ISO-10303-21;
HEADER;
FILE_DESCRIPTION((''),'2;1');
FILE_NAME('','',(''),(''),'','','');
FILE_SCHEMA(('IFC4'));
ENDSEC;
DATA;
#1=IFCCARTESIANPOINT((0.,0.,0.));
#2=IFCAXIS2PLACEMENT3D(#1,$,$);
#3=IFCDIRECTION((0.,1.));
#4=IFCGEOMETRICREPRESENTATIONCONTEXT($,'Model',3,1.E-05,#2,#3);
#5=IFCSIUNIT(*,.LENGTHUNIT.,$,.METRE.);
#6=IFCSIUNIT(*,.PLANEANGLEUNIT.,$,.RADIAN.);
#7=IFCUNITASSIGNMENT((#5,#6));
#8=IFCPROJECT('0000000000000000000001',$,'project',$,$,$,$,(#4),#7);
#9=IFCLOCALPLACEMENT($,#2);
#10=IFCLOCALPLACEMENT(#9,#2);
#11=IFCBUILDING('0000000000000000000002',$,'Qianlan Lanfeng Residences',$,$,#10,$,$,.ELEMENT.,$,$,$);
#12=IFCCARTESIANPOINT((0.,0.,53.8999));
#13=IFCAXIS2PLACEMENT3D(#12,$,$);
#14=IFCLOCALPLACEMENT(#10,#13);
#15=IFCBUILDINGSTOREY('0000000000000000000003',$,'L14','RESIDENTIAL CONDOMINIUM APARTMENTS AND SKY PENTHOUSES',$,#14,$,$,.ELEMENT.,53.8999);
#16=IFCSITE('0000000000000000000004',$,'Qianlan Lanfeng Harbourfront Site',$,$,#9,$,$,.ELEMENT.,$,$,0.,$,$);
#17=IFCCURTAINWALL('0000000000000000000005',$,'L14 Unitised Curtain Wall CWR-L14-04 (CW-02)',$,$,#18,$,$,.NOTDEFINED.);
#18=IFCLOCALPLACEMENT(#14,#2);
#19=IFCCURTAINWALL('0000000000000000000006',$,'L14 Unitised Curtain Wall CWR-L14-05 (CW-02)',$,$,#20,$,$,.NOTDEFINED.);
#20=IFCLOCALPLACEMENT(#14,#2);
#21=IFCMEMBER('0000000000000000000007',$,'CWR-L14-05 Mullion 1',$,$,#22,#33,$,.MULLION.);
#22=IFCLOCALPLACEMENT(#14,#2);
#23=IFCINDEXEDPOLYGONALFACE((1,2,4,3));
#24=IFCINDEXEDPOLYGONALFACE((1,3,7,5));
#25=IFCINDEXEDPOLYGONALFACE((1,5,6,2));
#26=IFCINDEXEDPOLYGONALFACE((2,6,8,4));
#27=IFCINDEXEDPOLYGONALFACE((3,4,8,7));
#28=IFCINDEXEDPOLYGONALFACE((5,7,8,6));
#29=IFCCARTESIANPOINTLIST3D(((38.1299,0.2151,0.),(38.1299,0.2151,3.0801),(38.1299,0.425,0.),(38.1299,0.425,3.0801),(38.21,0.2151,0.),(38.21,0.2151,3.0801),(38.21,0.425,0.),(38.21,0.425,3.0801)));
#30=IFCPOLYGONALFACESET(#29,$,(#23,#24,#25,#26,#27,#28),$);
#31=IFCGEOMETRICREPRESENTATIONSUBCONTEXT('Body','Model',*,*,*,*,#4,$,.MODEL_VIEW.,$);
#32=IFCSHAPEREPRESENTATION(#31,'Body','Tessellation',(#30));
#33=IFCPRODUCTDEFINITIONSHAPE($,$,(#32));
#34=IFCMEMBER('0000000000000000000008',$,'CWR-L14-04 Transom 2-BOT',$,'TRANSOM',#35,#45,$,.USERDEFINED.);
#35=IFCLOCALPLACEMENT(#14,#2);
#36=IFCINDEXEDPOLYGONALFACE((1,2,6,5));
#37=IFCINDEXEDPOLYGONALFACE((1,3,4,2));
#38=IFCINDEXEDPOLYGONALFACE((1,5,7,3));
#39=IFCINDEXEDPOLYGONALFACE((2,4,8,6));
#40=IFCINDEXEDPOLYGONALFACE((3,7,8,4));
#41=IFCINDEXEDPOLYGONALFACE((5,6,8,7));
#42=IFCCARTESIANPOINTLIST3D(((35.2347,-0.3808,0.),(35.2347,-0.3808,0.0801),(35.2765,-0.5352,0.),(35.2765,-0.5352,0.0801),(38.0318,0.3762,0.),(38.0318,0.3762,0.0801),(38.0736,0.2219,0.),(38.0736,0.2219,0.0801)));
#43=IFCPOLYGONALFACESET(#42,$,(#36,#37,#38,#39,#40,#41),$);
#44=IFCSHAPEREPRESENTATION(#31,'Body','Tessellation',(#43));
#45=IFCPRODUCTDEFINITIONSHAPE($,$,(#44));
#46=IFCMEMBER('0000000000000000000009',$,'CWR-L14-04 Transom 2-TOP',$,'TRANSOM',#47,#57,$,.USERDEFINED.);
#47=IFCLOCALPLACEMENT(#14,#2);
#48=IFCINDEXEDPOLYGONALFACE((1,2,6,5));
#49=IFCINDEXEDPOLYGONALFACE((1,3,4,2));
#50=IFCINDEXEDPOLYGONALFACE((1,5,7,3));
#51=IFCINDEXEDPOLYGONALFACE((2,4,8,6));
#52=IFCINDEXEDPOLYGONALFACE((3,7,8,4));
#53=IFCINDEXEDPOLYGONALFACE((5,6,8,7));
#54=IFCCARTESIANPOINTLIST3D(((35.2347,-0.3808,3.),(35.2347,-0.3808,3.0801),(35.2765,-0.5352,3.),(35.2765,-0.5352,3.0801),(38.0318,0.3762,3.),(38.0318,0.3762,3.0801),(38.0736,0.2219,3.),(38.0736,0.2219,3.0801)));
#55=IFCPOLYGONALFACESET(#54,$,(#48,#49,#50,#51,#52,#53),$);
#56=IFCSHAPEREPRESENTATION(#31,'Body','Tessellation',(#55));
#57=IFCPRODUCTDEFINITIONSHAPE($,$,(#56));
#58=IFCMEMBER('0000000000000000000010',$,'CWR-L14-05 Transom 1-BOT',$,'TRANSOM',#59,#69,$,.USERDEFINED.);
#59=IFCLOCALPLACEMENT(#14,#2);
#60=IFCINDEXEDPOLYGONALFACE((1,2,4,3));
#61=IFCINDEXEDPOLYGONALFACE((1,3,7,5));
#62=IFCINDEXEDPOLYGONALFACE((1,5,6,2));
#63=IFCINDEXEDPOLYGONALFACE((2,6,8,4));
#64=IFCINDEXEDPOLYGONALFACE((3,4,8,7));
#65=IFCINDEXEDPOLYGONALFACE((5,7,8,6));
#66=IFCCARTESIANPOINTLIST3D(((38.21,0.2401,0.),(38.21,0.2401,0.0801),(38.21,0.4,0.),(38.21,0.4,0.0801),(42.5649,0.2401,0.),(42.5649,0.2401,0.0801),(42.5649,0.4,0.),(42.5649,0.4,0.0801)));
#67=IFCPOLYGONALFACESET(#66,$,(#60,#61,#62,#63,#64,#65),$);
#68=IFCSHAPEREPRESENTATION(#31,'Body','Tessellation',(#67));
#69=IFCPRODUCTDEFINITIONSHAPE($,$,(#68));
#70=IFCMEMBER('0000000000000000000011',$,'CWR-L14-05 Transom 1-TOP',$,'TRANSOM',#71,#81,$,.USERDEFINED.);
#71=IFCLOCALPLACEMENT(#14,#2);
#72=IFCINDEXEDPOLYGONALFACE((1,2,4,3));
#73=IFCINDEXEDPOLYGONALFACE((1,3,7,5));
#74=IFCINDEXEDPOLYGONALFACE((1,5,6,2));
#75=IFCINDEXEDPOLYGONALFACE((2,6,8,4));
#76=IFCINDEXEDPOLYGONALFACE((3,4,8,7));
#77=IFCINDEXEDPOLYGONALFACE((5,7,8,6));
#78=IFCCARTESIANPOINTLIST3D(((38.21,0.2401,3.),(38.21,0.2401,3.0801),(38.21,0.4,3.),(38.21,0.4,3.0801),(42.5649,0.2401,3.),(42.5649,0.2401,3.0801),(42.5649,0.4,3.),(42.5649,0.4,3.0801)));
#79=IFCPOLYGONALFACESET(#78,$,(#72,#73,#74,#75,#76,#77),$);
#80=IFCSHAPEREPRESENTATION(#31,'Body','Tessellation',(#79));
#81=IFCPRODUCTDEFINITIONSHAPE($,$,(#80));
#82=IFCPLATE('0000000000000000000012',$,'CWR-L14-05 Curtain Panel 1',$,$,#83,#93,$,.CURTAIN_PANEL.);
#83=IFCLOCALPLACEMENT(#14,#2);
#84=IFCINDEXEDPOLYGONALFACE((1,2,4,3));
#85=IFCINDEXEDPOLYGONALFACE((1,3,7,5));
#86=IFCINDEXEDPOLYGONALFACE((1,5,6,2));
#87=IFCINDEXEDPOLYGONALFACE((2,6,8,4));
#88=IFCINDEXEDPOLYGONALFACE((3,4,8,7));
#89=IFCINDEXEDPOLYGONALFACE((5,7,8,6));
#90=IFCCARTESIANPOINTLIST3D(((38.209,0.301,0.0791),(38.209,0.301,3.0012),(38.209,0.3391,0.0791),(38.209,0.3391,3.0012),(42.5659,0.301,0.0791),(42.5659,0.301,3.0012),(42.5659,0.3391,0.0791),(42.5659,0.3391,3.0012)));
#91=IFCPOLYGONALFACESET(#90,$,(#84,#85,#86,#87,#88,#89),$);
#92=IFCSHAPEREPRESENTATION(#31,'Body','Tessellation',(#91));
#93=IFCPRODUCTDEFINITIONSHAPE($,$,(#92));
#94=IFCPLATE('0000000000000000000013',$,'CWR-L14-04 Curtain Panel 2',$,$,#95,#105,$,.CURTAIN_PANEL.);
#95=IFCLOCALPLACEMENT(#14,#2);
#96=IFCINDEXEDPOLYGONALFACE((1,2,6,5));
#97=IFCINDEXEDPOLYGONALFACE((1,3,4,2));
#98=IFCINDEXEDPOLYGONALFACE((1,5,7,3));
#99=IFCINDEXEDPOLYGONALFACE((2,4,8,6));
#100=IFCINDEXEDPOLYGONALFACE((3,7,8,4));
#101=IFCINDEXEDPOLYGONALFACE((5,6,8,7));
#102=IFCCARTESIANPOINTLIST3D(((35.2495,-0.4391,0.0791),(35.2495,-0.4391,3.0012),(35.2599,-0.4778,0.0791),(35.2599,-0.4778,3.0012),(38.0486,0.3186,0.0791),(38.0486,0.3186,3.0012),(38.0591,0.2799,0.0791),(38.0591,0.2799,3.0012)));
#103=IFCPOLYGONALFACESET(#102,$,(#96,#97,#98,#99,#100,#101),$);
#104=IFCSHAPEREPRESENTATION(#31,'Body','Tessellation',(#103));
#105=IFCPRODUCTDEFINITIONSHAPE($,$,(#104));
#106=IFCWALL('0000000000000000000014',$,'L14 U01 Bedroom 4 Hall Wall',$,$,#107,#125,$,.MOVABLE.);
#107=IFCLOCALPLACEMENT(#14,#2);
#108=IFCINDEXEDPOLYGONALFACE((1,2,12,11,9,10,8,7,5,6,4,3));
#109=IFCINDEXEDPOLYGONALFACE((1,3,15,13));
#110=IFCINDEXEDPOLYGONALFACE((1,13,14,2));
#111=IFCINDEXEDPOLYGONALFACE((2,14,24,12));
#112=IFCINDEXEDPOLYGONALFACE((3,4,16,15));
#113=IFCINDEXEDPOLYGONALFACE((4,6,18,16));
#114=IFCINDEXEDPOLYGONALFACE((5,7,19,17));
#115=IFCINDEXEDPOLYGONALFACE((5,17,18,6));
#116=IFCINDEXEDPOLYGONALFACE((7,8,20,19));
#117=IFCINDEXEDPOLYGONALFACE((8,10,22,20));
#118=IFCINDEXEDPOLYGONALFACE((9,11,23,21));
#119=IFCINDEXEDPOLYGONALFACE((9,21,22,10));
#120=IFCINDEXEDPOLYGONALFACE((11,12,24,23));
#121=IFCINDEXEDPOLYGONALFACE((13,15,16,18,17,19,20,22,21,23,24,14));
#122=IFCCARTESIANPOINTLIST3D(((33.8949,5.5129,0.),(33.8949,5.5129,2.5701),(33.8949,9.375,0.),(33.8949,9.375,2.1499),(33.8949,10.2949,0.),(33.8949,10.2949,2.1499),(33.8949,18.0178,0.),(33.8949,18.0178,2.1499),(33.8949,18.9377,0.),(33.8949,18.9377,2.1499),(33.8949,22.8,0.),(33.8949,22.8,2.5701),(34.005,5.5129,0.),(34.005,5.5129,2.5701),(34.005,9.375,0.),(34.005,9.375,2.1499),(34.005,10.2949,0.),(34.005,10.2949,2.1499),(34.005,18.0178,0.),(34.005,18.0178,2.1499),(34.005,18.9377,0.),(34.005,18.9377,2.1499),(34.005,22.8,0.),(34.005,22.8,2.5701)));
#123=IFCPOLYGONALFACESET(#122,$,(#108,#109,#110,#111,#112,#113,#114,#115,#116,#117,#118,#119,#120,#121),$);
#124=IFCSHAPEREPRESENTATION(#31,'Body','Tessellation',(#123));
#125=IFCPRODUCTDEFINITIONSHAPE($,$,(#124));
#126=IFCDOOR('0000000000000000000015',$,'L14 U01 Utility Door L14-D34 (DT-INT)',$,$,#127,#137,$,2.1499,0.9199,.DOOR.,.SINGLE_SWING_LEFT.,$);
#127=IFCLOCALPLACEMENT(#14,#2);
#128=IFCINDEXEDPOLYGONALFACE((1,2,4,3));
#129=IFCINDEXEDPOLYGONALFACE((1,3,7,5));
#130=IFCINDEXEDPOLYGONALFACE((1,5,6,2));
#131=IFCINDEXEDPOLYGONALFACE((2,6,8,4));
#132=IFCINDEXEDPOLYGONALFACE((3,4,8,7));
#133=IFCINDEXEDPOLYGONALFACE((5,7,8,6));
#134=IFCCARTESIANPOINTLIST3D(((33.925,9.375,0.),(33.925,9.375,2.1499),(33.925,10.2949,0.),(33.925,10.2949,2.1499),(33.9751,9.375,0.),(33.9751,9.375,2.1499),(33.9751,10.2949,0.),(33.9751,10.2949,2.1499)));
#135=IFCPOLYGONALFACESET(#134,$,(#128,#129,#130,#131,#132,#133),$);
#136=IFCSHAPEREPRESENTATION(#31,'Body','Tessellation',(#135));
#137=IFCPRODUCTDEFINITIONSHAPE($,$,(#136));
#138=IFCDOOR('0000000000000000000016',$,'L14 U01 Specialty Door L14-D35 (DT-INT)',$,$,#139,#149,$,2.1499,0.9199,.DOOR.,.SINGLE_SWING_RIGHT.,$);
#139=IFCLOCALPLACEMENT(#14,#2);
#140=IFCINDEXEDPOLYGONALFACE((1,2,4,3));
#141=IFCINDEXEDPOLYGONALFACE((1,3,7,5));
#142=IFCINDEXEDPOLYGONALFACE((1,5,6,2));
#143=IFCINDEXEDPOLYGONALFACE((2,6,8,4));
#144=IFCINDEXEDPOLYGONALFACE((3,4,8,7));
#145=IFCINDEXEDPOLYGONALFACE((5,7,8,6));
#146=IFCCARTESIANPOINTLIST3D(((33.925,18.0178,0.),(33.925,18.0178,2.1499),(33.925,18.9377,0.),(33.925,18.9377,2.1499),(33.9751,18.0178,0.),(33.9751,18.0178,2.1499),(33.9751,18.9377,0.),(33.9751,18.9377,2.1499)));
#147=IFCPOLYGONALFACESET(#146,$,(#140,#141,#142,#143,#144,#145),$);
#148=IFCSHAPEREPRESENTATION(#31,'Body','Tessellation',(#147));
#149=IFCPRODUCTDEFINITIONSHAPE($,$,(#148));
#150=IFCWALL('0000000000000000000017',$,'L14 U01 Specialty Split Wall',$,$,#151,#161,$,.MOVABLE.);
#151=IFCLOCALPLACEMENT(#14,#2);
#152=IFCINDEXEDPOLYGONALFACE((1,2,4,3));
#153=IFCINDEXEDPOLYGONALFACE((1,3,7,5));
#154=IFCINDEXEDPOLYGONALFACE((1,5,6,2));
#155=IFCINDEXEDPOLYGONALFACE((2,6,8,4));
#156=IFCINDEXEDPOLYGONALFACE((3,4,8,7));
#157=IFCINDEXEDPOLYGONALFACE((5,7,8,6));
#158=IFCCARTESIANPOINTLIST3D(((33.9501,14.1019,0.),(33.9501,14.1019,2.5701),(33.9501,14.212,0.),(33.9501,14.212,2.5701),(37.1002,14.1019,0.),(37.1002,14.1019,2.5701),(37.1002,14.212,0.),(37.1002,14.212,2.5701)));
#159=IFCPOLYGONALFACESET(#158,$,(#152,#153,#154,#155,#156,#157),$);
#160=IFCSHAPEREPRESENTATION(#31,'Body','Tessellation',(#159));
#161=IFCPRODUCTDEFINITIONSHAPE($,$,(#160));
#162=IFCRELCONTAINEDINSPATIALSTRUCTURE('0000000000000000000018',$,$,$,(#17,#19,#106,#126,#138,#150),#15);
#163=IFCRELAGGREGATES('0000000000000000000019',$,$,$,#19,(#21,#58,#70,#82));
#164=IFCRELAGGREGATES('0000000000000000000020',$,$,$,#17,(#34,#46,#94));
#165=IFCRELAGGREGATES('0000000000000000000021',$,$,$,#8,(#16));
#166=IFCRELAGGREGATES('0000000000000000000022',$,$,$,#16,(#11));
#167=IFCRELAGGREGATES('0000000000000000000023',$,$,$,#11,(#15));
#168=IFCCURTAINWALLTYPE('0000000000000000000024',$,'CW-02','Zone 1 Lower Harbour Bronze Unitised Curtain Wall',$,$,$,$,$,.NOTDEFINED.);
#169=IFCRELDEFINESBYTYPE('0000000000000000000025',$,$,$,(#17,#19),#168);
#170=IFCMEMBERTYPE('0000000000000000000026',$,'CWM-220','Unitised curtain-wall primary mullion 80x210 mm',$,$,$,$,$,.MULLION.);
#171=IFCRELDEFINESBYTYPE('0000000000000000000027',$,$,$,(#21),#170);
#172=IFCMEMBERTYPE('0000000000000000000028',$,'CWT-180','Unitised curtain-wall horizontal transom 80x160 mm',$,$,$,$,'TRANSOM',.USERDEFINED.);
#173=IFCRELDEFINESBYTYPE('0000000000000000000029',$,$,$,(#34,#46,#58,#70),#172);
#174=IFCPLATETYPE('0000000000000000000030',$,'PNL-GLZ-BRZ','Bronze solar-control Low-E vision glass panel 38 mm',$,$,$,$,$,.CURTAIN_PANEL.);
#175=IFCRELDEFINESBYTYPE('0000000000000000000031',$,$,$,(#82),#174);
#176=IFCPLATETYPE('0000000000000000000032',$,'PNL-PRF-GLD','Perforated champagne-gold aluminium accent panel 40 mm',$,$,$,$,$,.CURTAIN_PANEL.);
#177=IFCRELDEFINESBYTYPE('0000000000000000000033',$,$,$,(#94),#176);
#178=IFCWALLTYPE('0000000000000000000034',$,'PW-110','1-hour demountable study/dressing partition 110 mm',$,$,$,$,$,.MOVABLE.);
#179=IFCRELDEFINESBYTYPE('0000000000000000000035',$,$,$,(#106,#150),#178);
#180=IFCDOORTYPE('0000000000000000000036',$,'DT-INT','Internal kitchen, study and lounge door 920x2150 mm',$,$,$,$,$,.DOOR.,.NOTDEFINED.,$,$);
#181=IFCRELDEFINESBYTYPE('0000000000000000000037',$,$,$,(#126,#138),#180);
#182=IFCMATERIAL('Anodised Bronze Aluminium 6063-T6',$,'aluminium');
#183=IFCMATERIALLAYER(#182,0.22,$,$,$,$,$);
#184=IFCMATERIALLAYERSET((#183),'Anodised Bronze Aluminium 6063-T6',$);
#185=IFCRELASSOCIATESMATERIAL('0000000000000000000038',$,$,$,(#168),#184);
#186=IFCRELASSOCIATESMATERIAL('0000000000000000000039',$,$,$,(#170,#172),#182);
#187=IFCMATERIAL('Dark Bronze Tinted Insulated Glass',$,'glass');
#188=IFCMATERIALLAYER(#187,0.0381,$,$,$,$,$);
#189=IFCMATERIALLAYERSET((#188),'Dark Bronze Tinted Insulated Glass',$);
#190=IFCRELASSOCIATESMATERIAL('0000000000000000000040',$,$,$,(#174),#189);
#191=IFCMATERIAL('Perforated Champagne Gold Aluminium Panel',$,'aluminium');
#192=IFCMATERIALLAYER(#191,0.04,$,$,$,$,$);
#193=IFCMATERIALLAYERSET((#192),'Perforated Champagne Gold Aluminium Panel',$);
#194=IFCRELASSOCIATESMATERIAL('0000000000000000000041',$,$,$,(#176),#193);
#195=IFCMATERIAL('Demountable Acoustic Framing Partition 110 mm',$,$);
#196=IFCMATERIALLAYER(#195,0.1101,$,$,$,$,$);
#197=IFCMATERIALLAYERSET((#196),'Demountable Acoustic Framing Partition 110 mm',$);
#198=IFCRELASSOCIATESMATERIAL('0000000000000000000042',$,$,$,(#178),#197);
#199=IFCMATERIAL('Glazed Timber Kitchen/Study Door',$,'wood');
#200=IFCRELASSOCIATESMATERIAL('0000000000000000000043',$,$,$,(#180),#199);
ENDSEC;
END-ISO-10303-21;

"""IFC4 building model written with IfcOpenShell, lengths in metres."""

from ifc_helpers import new_model, si_unit, direction, frame, frame_2d, origin, origin_2d, place, context, subcontext, project, spatial, rectangle, extrude, source, transform, mapped, material, layer, layer_set, material_profile, profile_set, type_object, element, fill, aggregate, save


model = new_model("IFC4")

# Units and contexts
model_context = context("Model", 3, precision=1e-05, world=origin(), true_north=direction((0.0, 1.0)))
body_context = subcontext(model_context, "Body", "Model", "MODEL_VIEW")
ifc_project = project(units=[si_unit("LENGTHUNIT", "METRE"), si_unit("PLANEANGLEUNIT", "RADIAN")], contexts=[model_context])

# Site, building, storey
site_placement = place(None, origin())
site = spatial("IfcSite", under=ifc_project, at=site_placement, Name="Qianlan Lanfeng Harbourfront Site", CompositionType="ELEMENT", RefElevation=0.0)
building_placement = place(site_placement, origin())
building = spatial("IfcBuilding", under=site, at=building_placement, Name="Qianlan Lanfeng Residences", CompositionType="ELEMENT")
storey_placement = place(building_placement, frame((0.0, 0.0, 53.8999)))
storey = spatial("IfcBuildingStorey", under=building, at=storey_placement, Name="L14", Description="RESIDENTIAL CONDOMINIUM APARTMENTS AND SKY PENTHOUSES", CompositionType="ELEMENT", Elevation=53.8999)

# Curtain wall
ifc_material_1 = material(Name="Anodised Bronze Aluminium 6063-T6", Category="aluminium")
ifc_layer_1 = layer(ifc_material_1, 0.22)
ifc_layer_set_1 = layer_set([ifc_layer_1], Name="Anodised Bronze Aluminium 6063-T6")
curtain_wall_type = type_object("IfcCurtainWallType", Name="CW-02", Description="Zone 1 Lower Harbour Bronze Unitised Curtain Wall", PredefinedType="NOTDEFINED", material=ifc_layer_set_1)
curtain_wall_1_placement = place(storey_placement, origin())
curtain_wall_1 = element("IfcCurtainWall", 1, at=curtain_wall_1_placement, inside=storey, type_object=curtain_wall_type, Name="L14 Unitised Curtain Wall CWR-L14-04 (CW-02)", PredefinedType="NOTDEFINED")
ifc_material_profile_1 = material_profile(ifc_material_1, rectangle(XDim=0.0801, YDim=0.21, at=origin_2d()), Name="ALU MULLION 80x210")
ifc_profile_set_1 = profile_set([ifc_material_profile_1], Name="Anodised Bronze Aluminium 6063-T6")
member_type_1 = type_object("IfcMemberType", Name="CWM-220", Description="Unitised curtain-wall primary mullion 80x210 mm", PredefinedType="MULLION", material=ifc_profile_set_1)
shared_shape_1 = source(origin(), body_context, "Body", "SweptSolid", [
    extrude(rectangle(XDim=0.0801, YDim=0.21, at=origin_2d()), origin(), (0.0, 0.0, 1.0), 3.0801),
])

# Curtain wall, member
curtain_wall_2_placement = place(storey_placement, origin())
curtain_wall_2 = element("IfcCurtainWall", 2, at=curtain_wall_2_placement, inside=storey, type_object=curtain_wall_type, Name="L14 Unitised Curtain Wall CWR-L14-05 (CW-02)", PredefinedType="NOTDEFINED")
member_1_placement = place(storey_placement, frame((38.1699, 0.3201, 0.0), z_axis=(0.0, 0.0, 1.0), x_axis=(1.0, 0.0, 0.0)))
member_1 = element("IfcMember", 3, at=member_1_placement, type_object=member_type_1, Name="CWR-L14-05 Mullion 1", PredefinedType="MULLION", context=body_context, shape_type="MappedRepresentation", body=[
    mapped(shared_shape_1, transform((0.0, 0.0, 0.0), scale=1.0)),
])

# Members
ifc_material_profile_2 = material_profile(ifc_material_1, rectangle(XDim=0.0801, YDim=0.1599, at=origin_2d()), Name="ALU TRANSOM 80x160")
ifc_profile_set_2 = profile_set([ifc_material_profile_2], Name="Anodised Bronze Aluminium 6063-T6")
member_type_2 = type_object("IfcMemberType", Name="CWT-180", Description="Unitised curtain-wall horizontal transom 80x160 mm", ElementType="TRANSOM", PredefinedType="USERDEFINED", material=ifc_profile_set_2)
shared_shape_2 = source(origin(), body_context, "Body", "SweptSolid", [
    extrude(rectangle(XDim=0.0801, YDim=0.1599, at=origin_2d()), origin(), (0.0, 0.0, 1.0), 2.8977),
])
member_2_placement = place(storey_placement, frame((35.2556, -0.458, 0.04), z_axis=(0.965268, 0.261263, 0.0), x_axis=(0.0, 0.0, 1.0)))
member_2 = element("IfcMember", 4, at=member_2_placement, type_object=member_type_2, Name="CWR-L14-04 Transom 2-BOT", ObjectType="TRANSOM", PredefinedType="USERDEFINED", context=body_context, shape_type="MappedRepresentation", body=[
    mapped(shared_shape_2, transform((0.0, 0.0, 0.0), scale=1.0)),
])
member_3_placement = place(storey_placement, frame((35.2556, -0.458, 3.04), z_axis=(0.965268, 0.261263, 0.0), x_axis=(0.0, 0.0, 1.0)))
member_3 = element("IfcMember", 5, at=member_3_placement, type_object=member_type_2, Name="CWR-L14-04 Transom 2-TOP", ObjectType="TRANSOM", PredefinedType="USERDEFINED", context=body_context, shape_type="MappedRepresentation", body=[
    mapped(shared_shape_2, transform((0.0, 0.0, 0.0), scale=1.0)),
])
shared_shape_3 = source(origin(), body_context, "Body", "SweptSolid", [
    extrude(rectangle(XDim=0.0801, YDim=0.1599, at=origin_2d()), origin(), (0.0, 0.0, 1.0), 4.355),
])
member_4_placement = place(storey_placement, frame((38.21, 0.3201, 0.04), z_axis=(1.0, 0.0, 0.0), x_axis=(0.0, 0.0, 1.0)))
member_4 = element("IfcMember", 6, at=member_4_placement, type_object=member_type_2, Name="CWR-L14-05 Transom 1-BOT", ObjectType="TRANSOM", PredefinedType="USERDEFINED", context=body_context, shape_type="MappedRepresentation", body=[
    mapped(shared_shape_3, transform((0.0, 0.0, 0.0), scale=1.0)),
])
member_5_placement = place(storey_placement, frame((38.21, 0.3201, 3.04), z_axis=(1.0, 0.0, 0.0), x_axis=(0.0, 0.0, 1.0)))
member_5 = element("IfcMember", 7, at=member_5_placement, type_object=member_type_2, Name="CWR-L14-05 Transom 1-TOP", ObjectType="TRANSOM", PredefinedType="USERDEFINED", context=body_context, shape_type="MappedRepresentation", body=[
    mapped(shared_shape_3, transform((0.0, 0.0, 0.0), scale=1.0)),
])

# Plates
ifc_material_2 = material(Name="Dark Bronze Tinted Insulated Glass", Category="glass")
ifc_layer_2 = layer(ifc_material_2, 0.0381)
ifc_layer_set_2 = layer_set([ifc_layer_2], Name="Dark Bronze Tinted Insulated Glass")
plate_type_1 = type_object("IfcPlateType", Name="PNL-GLZ-BRZ", Description="Bronze solar-control Low-E vision glass panel 38 mm", PredefinedType="CURTAIN_PANEL", material=ifc_layer_set_2)
shared_shape_4 = source(origin(), body_context, "Body", "SweptSolid", [
    extrude(rectangle(XDim=4.3569, YDim=0.0381, at=origin_2d()), origin(), (0.0, 0.0, 1.0), 2.9221),
])
plate_1_placement = place(storey_placement, frame((40.3875, 0.3201, 0.0791), z_axis=(0.0, 0.0, 1.0), x_axis=(1.0, 0.0, 0.0)))
plate_1 = element("IfcPlate", 8, at=plate_1_placement, type_object=plate_type_1, Name="CWR-L14-05 Curtain Panel 1", PredefinedType="CURTAIN_PANEL", context=body_context, shape_type="MappedRepresentation", body=[
    mapped(shared_shape_4, transform((0.0, 0.0, 0.0), scale=1.0)),
])
aggregate(curtain_wall_2, [member_1, member_4, member_5, plate_1])
ifc_material_3 = material(Name="Perforated Champagne Gold Aluminium Panel", Category="aluminium")
ifc_layer_3 = layer(ifc_material_3, 0.04)
ifc_layer_set_3 = layer_set([ifc_layer_3], Name="Perforated Champagne Gold Aluminium Panel")
plate_type_2 = type_object("IfcPlateType", Name="PNL-PRF-GLD", Description="Perforated champagne-gold aluminium accent panel 40 mm", PredefinedType="CURTAIN_PANEL", material=ifc_layer_set_3)
shared_shape_5 = source(origin(), body_context, "Body", "SweptSolid", [
    extrude(rectangle(XDim=2.8999, YDim=0.04, at=origin_2d()), origin(), (0.0, 0.0, 1.0), 2.9221),
])
plate_2_placement = place(storey_placement, frame((36.6543, -0.0796, 0.0791), z_axis=(0.0, 0.0, 1.0), x_axis=(0.965263, 0.261281, 0.0)))
plate_2 = element("IfcPlate", 9, at=plate_2_placement, type_object=plate_type_2, Name="CWR-L14-04 Curtain Panel 2", PredefinedType="CURTAIN_PANEL", context=body_context, shape_type="MappedRepresentation", body=[
    mapped(shared_shape_5, transform((0.0, 0.0, 0.0), scale=1.0)),
])
aggregate(curtain_wall_1, [member_2, member_3, plate_2])

# Wall, openings, doors
ifc_material_4 = material(Name="Demountable Acoustic Framing Partition 110 mm")
ifc_layer_4 = layer(ifc_material_4, 0.1101)
ifc_layer_set_4 = layer_set([ifc_layer_4], Name="Demountable Acoustic Framing Partition 110 mm")
wall_type_1 = type_object("IfcWallType", Name="PW-110", Description="1-hour demountable study/dressing partition 110 mm", PredefinedType="MOVABLE", material=ifc_layer_set_4)
wall_1_placement = place(storey_placement, frame((33.95, 5.5129, 0.0), z_axis=(0.0, 0.0, 1.0), x_axis=(0.0, 1.0, 0.0)))
wall_1 = element("IfcWall", 10, at=wall_1_placement, inside=storey, type_object=wall_type_1, Name="L14 U01 Bedroom 4 Hall Wall", PredefinedType="MOVABLE", context=body_context, shape_type="SweptSolid", body=[
    extrude(rectangle(XDim=17.2871, YDim=0.1101, at=frame_2d((8.6436, 0.0))), origin(), (0.0, 0.0, 1.0), 2.5701),
])
opening_1_placement = place(wall_1_placement, frame((3.8621, 0.0, 0.0)))
opening_1 = element("IfcOpeningElement", 11, at=opening_1_placement, cuts=wall_1, PredefinedType="OPENING", context=body_context, shape_type="SweptSolid", body=[
    extrude(rectangle(XDim=0.9199, YDim=2.1499, at=frame_2d((0.46, 1.075))), frame((0.0, 0.0649, 0.0), z_axis=(0.0, -1.0, 0.0), x_axis=(1.0, 0.0, 0.0)), (0.0, 0.0, 1.0), 0.1301),
])
opening_2_placement = place(wall_1_placement, frame((12.5049, 0.0, 0.0)))
opening_2 = element("IfcOpeningElement", 12, at=opening_2_placement, cuts=wall_1, PredefinedType="OPENING", context=body_context, shape_type="SweptSolid", body=[
    extrude(rectangle(XDim=0.9199, YDim=2.1499, at=frame_2d((0.46, 1.075))), frame((0.0, 0.0649, 0.0), z_axis=(0.0, -1.0, 0.0), x_axis=(1.0, 0.0, 0.0)), (0.0, 0.0, 1.0), 0.1301),
])
ifc_material_5 = material(Name="Glazed Timber Kitchen/Study Door", Category="wood")
door_type_1 = type_object("IfcDoorType", Name="DT-INT", Description="Internal kitchen, study and lounge door 920x2150 mm", OperationType="NOTDEFINED", PredefinedType="DOOR", material=ifc_material_5)
door_1_placement = place(opening_1_placement, origin())
door_1 = element("IfcDoor", 13, at=door_1_placement, inside=storey, type_object=door_type_1, Name="L14 U01 Utility Door L14-D34 (DT-INT)", OperationType="SINGLE_SWING_LEFT", OverallHeight=2.1499, OverallWidth=0.9199, PredefinedType="DOOR", context=body_context, shape_type="SweptSolid", body=[
    extrude(rectangle(XDim=0.9199, YDim=2.1499, at=frame_2d((0.46, 1.075))), frame((0.0, 0.0249, 0.0), z_axis=(0.0, -1.0, 0.0), x_axis=(1.0, 0.0, 0.0)), (0.0, 0.0, 1.0), 0.05),
])
fill(opening_1, door_1)
door_2_placement = place(opening_2_placement, origin())
door_2 = element("IfcDoor", 14, at=door_2_placement, inside=storey, type_object=door_type_1, Name="L14 U01 Specialty Door L14-D35 (DT-INT)", OperationType="SINGLE_SWING_RIGHT", OverallHeight=2.1499, OverallWidth=0.9199, PredefinedType="DOOR", context=body_context, shape_type="SweptSolid", body=[
    extrude(rectangle(XDim=0.9199, YDim=2.1499, at=frame_2d((0.46, 1.075))), frame((0.0, 0.0249, 0.0), z_axis=(0.0, -1.0, 0.0), x_axis=(1.0, 0.0, 0.0)), (0.0, 0.0, 1.0), 0.05),
])
fill(opening_2, door_2)

# Wall
wall_2_placement = place(storey_placement, frame((33.95, 14.157, 0.0), z_axis=(0.0, 0.0, 1.0), x_axis=(1.0, 0.0, 0.0)))
element("IfcWall", 15, at=wall_2_placement, inside=storey, type_object=wall_type_1, Name="L14 U01 Specialty Split Wall", PredefinedType="MOVABLE", context=body_context, shape_type="SweptSolid", body=[
    extrude(rectangle(XDim=3.1501, YDim=0.1101, at=frame_2d((1.5752, 0.0))), origin(), (0.0, 0.0, 1.0), 2.5701),
])

save(model, "model.ifc")
